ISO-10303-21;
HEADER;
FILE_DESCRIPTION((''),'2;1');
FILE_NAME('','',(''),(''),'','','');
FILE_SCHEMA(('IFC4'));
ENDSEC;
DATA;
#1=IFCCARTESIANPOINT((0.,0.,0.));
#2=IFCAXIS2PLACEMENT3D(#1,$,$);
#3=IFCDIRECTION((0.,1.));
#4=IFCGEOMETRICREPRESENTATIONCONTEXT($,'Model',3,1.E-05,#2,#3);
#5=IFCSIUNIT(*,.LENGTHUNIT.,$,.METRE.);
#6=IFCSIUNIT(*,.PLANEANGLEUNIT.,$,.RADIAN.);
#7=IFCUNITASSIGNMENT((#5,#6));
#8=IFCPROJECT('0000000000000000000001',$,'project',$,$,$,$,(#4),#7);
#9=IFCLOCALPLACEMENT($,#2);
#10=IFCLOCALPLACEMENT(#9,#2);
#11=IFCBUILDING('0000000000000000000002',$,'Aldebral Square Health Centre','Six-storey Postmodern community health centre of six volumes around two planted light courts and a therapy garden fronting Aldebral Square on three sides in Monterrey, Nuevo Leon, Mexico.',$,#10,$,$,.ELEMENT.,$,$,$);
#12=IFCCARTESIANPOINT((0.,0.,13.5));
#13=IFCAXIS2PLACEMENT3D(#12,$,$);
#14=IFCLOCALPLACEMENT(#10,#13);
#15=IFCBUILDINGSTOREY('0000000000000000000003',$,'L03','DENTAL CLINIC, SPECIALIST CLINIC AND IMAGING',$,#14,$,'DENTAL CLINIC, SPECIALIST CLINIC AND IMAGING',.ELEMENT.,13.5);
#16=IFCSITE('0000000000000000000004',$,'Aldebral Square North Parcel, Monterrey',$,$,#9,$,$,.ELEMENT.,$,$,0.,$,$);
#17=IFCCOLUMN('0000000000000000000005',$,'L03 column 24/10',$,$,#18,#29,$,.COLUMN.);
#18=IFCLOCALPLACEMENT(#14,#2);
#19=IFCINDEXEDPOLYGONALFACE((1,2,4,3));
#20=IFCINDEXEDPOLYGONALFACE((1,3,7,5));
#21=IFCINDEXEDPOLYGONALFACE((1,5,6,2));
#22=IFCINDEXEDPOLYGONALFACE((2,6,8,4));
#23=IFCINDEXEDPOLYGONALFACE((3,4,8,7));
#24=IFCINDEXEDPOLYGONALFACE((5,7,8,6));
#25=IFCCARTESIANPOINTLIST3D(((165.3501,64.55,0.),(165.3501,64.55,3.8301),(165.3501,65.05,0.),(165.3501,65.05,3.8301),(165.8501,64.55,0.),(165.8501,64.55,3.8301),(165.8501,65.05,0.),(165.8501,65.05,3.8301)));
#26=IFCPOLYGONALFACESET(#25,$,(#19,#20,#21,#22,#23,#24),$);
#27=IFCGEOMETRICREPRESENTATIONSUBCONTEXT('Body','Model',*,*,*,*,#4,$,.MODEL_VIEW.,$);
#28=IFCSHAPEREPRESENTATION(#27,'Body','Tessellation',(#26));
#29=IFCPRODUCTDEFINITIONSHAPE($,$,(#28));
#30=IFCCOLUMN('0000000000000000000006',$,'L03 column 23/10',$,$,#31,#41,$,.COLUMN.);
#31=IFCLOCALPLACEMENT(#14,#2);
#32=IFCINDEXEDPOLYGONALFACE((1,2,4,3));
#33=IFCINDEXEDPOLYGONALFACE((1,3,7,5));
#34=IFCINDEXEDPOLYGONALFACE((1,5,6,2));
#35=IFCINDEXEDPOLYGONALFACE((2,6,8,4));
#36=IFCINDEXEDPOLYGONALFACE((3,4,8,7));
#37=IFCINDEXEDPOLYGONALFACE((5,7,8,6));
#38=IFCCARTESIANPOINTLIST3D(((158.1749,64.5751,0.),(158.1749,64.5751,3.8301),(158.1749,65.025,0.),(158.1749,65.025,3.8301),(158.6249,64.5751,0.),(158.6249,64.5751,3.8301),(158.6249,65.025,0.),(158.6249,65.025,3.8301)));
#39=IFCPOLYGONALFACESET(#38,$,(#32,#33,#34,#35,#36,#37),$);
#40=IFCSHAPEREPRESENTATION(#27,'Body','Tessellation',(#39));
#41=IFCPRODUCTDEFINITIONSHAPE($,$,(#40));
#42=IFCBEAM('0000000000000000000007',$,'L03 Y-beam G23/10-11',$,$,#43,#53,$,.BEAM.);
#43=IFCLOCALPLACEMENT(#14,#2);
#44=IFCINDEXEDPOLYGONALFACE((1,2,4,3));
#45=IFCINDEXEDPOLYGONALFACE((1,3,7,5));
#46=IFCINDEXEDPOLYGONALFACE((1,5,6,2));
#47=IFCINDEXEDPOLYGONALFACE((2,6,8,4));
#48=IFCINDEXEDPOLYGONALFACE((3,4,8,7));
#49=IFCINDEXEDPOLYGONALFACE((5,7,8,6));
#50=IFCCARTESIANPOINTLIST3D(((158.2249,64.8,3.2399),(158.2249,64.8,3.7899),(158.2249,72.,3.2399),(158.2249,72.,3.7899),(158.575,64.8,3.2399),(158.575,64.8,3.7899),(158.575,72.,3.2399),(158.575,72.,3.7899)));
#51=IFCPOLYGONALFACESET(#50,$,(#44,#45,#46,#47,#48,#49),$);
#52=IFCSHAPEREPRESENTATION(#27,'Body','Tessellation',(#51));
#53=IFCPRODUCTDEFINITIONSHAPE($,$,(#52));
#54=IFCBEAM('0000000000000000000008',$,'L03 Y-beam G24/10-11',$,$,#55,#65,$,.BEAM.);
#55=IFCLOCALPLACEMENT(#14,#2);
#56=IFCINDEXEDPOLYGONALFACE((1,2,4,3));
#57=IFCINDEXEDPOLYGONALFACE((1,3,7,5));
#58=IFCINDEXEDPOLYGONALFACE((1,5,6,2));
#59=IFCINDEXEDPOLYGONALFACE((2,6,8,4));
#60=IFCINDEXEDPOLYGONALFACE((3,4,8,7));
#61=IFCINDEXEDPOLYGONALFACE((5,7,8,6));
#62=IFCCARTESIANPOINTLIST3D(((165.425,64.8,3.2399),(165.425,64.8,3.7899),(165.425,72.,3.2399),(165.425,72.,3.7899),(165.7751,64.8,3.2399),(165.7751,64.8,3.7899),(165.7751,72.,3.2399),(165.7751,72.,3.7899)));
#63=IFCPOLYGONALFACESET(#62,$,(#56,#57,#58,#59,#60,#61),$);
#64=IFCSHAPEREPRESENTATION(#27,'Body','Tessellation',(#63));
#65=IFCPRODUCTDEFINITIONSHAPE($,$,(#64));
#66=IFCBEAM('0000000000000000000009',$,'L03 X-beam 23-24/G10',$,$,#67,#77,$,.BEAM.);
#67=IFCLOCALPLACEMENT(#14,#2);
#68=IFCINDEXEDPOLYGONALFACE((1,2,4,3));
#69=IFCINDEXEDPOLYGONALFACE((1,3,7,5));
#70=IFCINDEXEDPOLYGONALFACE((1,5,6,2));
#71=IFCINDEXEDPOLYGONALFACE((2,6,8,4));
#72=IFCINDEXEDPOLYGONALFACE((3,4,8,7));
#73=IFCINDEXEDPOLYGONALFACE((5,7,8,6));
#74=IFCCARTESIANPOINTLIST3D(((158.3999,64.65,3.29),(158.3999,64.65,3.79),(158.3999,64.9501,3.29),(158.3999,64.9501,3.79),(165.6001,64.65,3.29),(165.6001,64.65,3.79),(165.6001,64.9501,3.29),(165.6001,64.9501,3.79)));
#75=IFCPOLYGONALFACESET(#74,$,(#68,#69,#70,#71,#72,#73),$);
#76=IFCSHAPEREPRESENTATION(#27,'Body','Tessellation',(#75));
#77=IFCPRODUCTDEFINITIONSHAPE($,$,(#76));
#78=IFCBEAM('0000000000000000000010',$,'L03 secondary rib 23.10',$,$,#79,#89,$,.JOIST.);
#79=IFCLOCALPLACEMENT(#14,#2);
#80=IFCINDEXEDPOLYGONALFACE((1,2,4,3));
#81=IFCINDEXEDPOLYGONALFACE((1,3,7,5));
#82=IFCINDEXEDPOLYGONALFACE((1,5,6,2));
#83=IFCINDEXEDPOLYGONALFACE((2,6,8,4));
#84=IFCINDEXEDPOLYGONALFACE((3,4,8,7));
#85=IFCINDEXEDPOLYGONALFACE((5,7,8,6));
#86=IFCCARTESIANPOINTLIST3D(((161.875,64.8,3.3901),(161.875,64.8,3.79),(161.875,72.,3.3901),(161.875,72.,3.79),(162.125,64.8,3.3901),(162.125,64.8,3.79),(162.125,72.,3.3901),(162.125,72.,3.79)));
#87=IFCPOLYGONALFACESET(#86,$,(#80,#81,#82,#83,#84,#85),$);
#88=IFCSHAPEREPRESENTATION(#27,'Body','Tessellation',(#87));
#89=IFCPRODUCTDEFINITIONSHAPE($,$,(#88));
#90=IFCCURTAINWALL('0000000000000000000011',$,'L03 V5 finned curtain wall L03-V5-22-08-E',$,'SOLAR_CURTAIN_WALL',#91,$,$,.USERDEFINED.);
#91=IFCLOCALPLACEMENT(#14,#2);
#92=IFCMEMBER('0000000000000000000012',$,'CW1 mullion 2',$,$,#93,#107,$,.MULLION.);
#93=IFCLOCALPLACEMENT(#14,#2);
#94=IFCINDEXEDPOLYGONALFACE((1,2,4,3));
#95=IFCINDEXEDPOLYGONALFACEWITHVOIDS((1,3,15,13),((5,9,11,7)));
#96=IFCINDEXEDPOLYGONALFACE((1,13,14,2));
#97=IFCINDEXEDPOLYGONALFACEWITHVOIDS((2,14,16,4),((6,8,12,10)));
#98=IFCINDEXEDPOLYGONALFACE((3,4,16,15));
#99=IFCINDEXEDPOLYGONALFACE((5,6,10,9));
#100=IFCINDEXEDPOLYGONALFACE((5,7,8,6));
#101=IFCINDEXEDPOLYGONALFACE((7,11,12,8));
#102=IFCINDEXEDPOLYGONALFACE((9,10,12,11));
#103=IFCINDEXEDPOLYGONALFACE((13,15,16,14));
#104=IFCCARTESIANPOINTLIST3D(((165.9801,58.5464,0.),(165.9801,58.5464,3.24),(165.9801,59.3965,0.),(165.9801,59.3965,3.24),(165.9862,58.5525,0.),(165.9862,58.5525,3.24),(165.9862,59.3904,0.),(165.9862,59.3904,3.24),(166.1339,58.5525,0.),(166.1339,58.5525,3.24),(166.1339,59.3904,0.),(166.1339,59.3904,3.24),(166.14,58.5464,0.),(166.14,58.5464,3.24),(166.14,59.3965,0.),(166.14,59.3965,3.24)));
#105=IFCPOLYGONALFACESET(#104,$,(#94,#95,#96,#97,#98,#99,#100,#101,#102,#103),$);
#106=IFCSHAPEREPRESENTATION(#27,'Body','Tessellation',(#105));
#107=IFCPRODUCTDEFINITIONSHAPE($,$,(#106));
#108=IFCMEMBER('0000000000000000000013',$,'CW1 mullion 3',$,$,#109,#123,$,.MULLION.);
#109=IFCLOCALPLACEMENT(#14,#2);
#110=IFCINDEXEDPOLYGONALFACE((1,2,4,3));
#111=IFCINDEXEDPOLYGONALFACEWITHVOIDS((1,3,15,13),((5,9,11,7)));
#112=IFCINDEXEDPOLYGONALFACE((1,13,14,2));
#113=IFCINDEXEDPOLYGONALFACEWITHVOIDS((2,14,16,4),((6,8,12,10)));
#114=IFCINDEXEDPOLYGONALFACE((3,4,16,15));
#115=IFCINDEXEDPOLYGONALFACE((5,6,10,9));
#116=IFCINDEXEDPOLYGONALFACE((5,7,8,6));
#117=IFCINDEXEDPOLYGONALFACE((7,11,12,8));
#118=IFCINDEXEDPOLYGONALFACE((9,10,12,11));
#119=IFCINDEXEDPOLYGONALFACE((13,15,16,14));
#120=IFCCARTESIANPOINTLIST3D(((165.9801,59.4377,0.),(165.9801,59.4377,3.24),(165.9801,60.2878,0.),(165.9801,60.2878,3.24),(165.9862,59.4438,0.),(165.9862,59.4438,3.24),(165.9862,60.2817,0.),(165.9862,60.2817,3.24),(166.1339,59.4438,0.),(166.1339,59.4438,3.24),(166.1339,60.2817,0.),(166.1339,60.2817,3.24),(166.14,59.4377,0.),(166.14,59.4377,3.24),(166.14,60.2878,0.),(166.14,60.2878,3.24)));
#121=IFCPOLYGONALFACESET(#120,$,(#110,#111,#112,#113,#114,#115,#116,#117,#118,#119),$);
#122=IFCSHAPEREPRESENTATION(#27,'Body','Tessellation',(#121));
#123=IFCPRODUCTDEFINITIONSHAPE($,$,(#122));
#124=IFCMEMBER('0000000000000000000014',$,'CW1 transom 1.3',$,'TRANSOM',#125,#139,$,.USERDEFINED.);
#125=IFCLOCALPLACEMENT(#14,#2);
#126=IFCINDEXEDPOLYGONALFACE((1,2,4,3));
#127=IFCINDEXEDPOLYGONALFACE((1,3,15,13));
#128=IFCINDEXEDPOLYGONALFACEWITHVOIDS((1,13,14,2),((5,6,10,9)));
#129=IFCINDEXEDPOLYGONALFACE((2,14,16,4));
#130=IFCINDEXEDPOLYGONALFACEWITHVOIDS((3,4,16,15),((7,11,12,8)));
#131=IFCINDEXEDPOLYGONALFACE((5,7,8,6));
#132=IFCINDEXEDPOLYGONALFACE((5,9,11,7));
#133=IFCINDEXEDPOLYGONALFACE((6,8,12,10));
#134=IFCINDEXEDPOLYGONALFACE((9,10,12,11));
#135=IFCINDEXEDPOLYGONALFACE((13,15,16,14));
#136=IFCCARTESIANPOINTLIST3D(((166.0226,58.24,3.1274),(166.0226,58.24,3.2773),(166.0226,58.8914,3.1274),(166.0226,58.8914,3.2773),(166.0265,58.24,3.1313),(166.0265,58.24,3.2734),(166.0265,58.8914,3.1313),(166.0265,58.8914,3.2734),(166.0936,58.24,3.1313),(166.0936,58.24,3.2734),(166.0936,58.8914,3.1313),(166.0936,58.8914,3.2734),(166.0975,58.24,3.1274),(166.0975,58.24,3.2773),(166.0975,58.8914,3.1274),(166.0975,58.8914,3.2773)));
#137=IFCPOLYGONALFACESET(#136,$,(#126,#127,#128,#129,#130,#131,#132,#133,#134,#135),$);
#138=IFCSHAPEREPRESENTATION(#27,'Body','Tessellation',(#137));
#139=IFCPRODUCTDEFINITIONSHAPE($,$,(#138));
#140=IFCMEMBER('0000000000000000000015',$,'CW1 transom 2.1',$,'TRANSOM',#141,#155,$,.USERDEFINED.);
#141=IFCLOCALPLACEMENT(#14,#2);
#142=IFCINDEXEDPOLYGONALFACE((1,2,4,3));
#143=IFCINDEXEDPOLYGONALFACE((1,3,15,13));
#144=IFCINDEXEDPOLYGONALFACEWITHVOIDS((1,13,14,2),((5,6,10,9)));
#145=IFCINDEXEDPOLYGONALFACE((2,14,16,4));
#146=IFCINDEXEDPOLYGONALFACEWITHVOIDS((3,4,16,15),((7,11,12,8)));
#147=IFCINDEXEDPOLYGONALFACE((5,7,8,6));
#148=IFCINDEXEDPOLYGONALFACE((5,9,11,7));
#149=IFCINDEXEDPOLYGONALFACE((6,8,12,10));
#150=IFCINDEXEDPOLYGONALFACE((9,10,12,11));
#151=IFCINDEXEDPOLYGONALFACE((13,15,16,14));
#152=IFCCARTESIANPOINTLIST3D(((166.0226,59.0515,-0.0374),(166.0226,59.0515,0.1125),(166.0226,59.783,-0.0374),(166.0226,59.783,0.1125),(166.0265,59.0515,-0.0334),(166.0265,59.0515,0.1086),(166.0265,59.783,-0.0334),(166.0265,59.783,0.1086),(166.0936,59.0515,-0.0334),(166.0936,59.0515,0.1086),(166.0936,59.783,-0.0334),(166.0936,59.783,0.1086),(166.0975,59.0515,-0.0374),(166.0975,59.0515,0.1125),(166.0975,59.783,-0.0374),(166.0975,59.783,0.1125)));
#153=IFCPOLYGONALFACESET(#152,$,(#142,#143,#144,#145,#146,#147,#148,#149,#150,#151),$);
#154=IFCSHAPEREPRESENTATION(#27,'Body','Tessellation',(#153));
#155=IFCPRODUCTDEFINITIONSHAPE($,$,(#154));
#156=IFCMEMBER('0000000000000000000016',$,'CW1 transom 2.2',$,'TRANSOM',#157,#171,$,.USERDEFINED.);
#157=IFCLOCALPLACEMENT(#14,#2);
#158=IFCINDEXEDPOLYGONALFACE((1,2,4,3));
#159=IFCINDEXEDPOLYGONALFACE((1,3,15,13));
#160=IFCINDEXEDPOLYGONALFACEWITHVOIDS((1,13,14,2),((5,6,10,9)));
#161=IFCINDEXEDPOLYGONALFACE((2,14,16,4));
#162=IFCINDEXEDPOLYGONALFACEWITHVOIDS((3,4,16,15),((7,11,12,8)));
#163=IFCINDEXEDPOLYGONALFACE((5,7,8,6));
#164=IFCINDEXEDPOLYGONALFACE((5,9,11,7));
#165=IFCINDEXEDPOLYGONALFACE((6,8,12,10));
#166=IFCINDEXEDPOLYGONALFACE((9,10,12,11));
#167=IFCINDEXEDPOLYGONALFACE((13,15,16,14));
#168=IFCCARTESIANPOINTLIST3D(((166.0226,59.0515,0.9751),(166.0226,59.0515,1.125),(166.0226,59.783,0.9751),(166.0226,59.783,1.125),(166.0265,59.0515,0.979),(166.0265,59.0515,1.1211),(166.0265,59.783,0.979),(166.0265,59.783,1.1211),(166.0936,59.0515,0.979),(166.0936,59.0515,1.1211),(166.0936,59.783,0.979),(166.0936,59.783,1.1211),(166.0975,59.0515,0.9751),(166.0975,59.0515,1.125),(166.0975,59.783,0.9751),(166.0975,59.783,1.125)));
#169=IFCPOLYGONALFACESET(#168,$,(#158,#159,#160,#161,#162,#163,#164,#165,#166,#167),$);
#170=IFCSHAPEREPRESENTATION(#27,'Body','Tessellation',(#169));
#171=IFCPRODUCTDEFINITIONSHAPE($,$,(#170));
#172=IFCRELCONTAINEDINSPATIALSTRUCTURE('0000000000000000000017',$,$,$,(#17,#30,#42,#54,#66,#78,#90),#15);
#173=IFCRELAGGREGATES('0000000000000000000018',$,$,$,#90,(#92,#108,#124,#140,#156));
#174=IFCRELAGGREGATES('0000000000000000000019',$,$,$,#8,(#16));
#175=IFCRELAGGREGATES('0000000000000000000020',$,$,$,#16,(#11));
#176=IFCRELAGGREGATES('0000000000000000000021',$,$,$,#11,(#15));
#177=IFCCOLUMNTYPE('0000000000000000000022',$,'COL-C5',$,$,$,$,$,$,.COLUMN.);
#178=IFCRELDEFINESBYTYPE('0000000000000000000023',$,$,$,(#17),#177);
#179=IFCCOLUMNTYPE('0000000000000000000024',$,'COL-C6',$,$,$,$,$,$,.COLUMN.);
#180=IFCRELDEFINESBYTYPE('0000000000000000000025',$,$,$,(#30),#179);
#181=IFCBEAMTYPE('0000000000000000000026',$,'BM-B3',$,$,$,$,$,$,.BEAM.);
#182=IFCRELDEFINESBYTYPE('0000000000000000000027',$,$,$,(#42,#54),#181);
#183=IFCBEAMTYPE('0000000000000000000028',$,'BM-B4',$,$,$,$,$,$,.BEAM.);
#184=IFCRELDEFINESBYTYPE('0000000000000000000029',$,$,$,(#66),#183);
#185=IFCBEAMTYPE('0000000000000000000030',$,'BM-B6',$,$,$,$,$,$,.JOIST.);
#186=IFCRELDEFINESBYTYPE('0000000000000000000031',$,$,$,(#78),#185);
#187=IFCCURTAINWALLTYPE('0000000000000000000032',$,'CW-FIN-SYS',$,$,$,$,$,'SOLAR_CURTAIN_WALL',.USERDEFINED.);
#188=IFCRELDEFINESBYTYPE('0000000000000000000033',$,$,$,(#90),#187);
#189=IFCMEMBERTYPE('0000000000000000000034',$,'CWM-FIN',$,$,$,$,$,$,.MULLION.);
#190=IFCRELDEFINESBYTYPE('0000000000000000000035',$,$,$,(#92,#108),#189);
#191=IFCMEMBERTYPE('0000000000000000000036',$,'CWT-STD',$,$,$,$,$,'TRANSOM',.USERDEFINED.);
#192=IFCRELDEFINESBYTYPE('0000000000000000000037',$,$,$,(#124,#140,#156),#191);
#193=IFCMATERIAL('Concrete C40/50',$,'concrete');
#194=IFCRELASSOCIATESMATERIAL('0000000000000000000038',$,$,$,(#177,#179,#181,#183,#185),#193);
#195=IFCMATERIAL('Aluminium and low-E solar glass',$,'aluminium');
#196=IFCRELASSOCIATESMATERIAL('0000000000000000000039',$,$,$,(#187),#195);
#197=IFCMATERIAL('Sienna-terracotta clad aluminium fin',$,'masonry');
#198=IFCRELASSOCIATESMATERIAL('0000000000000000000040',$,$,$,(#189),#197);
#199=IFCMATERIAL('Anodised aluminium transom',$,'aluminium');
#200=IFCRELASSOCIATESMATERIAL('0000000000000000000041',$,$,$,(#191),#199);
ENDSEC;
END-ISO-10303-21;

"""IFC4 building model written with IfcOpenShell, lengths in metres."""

from ifc_helpers import new_model, si_unit, direction, frame, origin, origin_2d, place, context, subcontext, project, spatial, rectangle, hollow_rectangle, extrude, material, material_profile, profile_set, type_object, element, aggregate, save


model = new_model("IFC4")

# Units and contexts
model_context = context("Model", 3, precision=1e-05, world=origin(), true_north=direction((0.0, 1.0)))
body_context = subcontext(model_context, "Body", "Model", "MODEL_VIEW")
ifc_project = project(units=[si_unit("LENGTHUNIT", "METRE"), si_unit("PLANEANGLEUNIT", "RADIAN")], contexts=[model_context])

# Site, building, storey
site_placement = place(None, origin())
site = spatial("IfcSite", under=ifc_project, at=site_placement, Name="Aldebral Square North Parcel, Monterrey", CompositionType="ELEMENT", RefElevation=0.0)
building_placement = place(site_placement, origin())
building = spatial("IfcBuilding", under=site, at=building_placement, Name="Aldebral Square Health Centre", Description="Six-storey Postmodern community health centre of six volumes around two planted light courts and a therapy garden fronting Aldebral Square on three sides in Monterrey, Nuevo Leon, Mexico.", CompositionType="ELEMENT")
storey_placement = place(building_placement, frame((0.0, 0.0, 13.5)))
storey = spatial("IfcBuildingStorey", under=building, at=storey_placement, Name="L03", Description="DENTAL CLINIC, SPECIALIST CLINIC AND IMAGING", LongName="DENTAL CLINIC, SPECIALIST CLINIC AND IMAGING", CompositionType="ELEMENT", Elevation=13.5)

# Columns
ifc_material_1 = material(Name="Concrete C40/50", Category="concrete")
ifc_material_profile_1 = material_profile(ifc_material_1, rectangle(XDim=0.5, YDim=0.5, at=origin_2d()), Name="RC 500x500")
ifc_profile_set_1 = profile_set([ifc_material_profile_1], Name="Concrete C40/50")
column_type_1 = type_object("IfcColumnType", Name="COL-C5", PredefinedType="COLUMN", material=ifc_profile_set_1)
column_1_placement = place(storey_placement, frame((165.6001, 64.8, 0.0), z_axis=(0.0, 0.0, 1.0), x_axis=(1.0, 0.0, 0.0)))
element("IfcColumn", 1, at=column_1_placement, inside=storey, type_object=column_type_1, Name="L03 column 24/10", PredefinedType="COLUMN", context=body_context, shape_type="SweptSolid", body=[
    extrude(rectangle(XDim=0.5, YDim=0.5, at=origin_2d()), origin(), (0.0, 0.0, 1.0), 3.8301),
])
ifc_material_profile_2 = material_profile(ifc_material_1, rectangle(XDim=0.45, YDim=0.45, at=origin_2d()), Name="RC 450x450")
ifc_profile_set_2 = profile_set([ifc_material_profile_2], Name="Concrete C40/50")
column_type_2 = type_object("IfcColumnType", Name="COL-C6", PredefinedType="COLUMN", material=ifc_profile_set_2)
column_2_placement = place(storey_placement, frame((158.3999, 64.8, 0.0), z_axis=(0.0, 0.0, 1.0), x_axis=(1.0, 0.0, 0.0)))
element("IfcColumn", 2, at=column_2_placement, inside=storey, type_object=column_type_2, Name="L03 column 23/10", PredefinedType="COLUMN", context=body_context, shape_type="SweptSolid", body=[
    extrude(rectangle(XDim=0.45, YDim=0.45, at=origin_2d()), origin(), (0.0, 0.0, 1.0), 3.8301),
])

# Beams
ifc_material_profile_3 = material_profile(ifc_material_1, rectangle(XDim=0.3501, YDim=0.55, at=origin_2d()), Name="RC 350x550")
ifc_profile_set_3 = profile_set([ifc_material_profile_3], Name="Concrete C40/50")
beam_type_1 = type_object("IfcBeamType", Name="BM-B3", PredefinedType="BEAM", material=ifc_profile_set_3)
for number, where, z_axis, x_axis, name in (
    (3, (158.3999, 64.8, 3.5149), (0.0, 1.0, 0.0), (-1.0, 0.0, 0.0), "L03 Y-beam G23/10-11"),
    (4, (165.6001, 64.8, 3.5149), (0.0, 1.0, 0.0), (-1.0, 0.0, 0.0), "L03 Y-beam G24/10-11"),
):
    element("IfcBeam", number, at=place(storey_placement, frame(where, z_axis=z_axis, x_axis=x_axis)), inside=storey, type_object=beam_type_1, Name=name, PredefinedType="BEAM", context=body_context, shape_type="SweptSolid", body=[
        extrude(rectangle(XDim=0.3501, YDim=0.55, at=origin_2d()), origin(), (0.0, 0.0, 1.0), 7.2),
    ])
ifc_material_profile_4 = material_profile(ifc_material_1, rectangle(XDim=0.3, YDim=0.5, at=origin_2d()), Name="RC 300x500")
ifc_profile_set_4 = profile_set([ifc_material_profile_4], Name="Concrete C40/50")
beam_type_2 = type_object("IfcBeamType", Name="BM-B4", PredefinedType="BEAM", material=ifc_profile_set_4)
beam_1_placement = place(storey_placement, frame((158.3999, 64.8, 3.54), z_axis=(1.0, 0.0, 0.0), x_axis=(0.0, 1.0, 0.0)))
element("IfcBeam", 5, at=beam_1_placement, inside=storey, type_object=beam_type_2, Name="L03 X-beam 23-24/G10", PredefinedType="BEAM", context=body_context, shape_type="SweptSolid", body=[
    extrude(rectangle(XDim=0.3, YDim=0.5, at=origin_2d()), origin(), (0.0, 0.0, 1.0), 7.2002),
])
ifc_material_profile_5 = material_profile(ifc_material_1, rectangle(XDim=0.25, YDim=0.3999, at=origin_2d()), Name="RC 250x400")
ifc_profile_set_5 = profile_set([ifc_material_profile_5], Name="Concrete C40/50")
beam_type_3 = type_object("IfcBeamType", Name="BM-B6", PredefinedType="JOIST", material=ifc_profile_set_5)
beam_2_placement = place(storey_placement, frame((162.0, 64.8, 3.5901), z_axis=(0.0, 1.0, 0.0), x_axis=(-1.0, 0.0, 0.0)))
element("IfcBeam", 6, at=beam_2_placement, inside=storey, type_object=beam_type_3, Name="L03 secondary rib 23.10", PredefinedType="JOIST", context=body_context, shape_type="SweptSolid", body=[
    extrude(rectangle(XDim=0.25, YDim=0.3999, at=origin_2d()), origin(), (0.0, 0.0, 1.0), 7.2),
])

# Curtain wall, members
ifc_material_2 = material(Name="Aluminium and low-E solar glass", Category="aluminium")
curtain_wall_type = type_object("IfcCurtainWallType", Name="CW-FIN-SYS", ElementType="SOLAR_CURTAIN_WALL", PredefinedType="USERDEFINED", material=ifc_material_2)
curtain_wall_placement = place(storey_placement, origin())
curtain_wall = element("IfcCurtainWall", 7, at=curtain_wall_placement, inside=storey, type_object=curtain_wall_type, Name="L03 V5 finned curtain wall L03-V5-22-08-E", ObjectType="SOLAR_CURTAIN_WALL", PredefinedType="USERDEFINED")
ifc_material_3 = material(Name="Sienna-terracotta clad aluminium fin", Category="masonry")
ifc_material_profile_6 = material_profile(ifc_material_3, hollow_rectangle(XDim=0.1599, YDim=0.8501, WallThickness=0.0061, at=origin_2d()), Name="FIN 160x850x6")
ifc_profile_set_6 = profile_set([ifc_material_profile_6], Name="Sienna-terracotta clad aluminium fin")
member_type_1 = type_object("IfcMemberType", Name="CWM-FIN", PredefinedType="MULLION", material=ifc_profile_set_6)
member_1_placement = place(storey_placement, frame((166.0601, 58.9714, 0.0), z_axis=(0.0, 0.0, 1.0), x_axis=(-1.0, 0.0, 0.0)))
member_1 = element("IfcMember", 8, at=member_1_placement, type_object=member_type_1, Name="CW1 mullion 2", PredefinedType="MULLION", context=body_context, shape_type="SweptSolid", body=[
    extrude(hollow_rectangle(XDim=0.1599, YDim=0.8501, WallThickness=0.0061, at=origin_2d()), origin(), (0.0, 0.0, 1.0), 3.24),
])
member_2_placement = place(storey_placement, frame((166.0601, 59.8628, 0.0), z_axis=(0.0, 0.0, 1.0), x_axis=(-1.0, 0.0, 0.0)))
member_2 = element("IfcMember", 9, at=member_2_placement, type_object=member_type_1, Name="CW1 mullion 3", PredefinedType="MULLION", context=body_context, shape_type="SweptSolid", body=[
    extrude(hollow_rectangle(XDim=0.1599, YDim=0.8501, WallThickness=0.0061, at=origin_2d()), origin(), (0.0, 0.0, 1.0), 3.24),
])
ifc_material_4 = material(Name="Anodised aluminium transom", Category="aluminium")
ifc_material_profile_7 = material_profile(ifc_material_4, hollow_rectangle(XDim=0.075, YDim=0.1499, WallThickness=0.0039, at=origin_2d()), Name="CWT 75x150x4")
ifc_profile_set_7 = profile_set([ifc_material_profile_7], Name="Anodised aluminium transom")
member_type_2 = type_object("IfcMemberType", Name="CWT-STD", ElementType="TRANSOM", PredefinedType="USERDEFINED", material=ifc_profile_set_7)
member_3_placement = place(storey_placement, frame((166.0601, 58.24, 3.2024), z_axis=(0.0, 1.0, 0.0), x_axis=(-1.0, 0.0, 0.0)))
member_3 = element("IfcMember", 10, at=member_3_placement, type_object=member_type_2, Name="CW1 transom 1.3", ObjectType="TRANSOM", PredefinedType="USERDEFINED", context=body_context, shape_type="SweptSolid", body=[
    extrude(hollow_rectangle(XDim=0.075, YDim=0.1499, WallThickness=0.0039, at=origin_2d()), origin(), (0.0, 0.0, 1.0), 0.6514),
])
member_4_placement = place(storey_placement, frame((166.0601, 59.0515, 0.0376), z_axis=(0.0, 1.0, 0.0), x_axis=(-1.0, 0.0, 0.0)))
member_4 = element("IfcMember", 11, at=member_4_placement, type_object=member_type_2, Name="CW1 transom 2.1", ObjectType="TRANSOM", PredefinedType="USERDEFINED", context=body_context, shape_type="SweptSolid", body=[
    extrude(hollow_rectangle(XDim=0.075, YDim=0.1499, WallThickness=0.0039, at=origin_2d()), origin(), (0.0, 0.0, 1.0), 0.7314),
])
member_5_placement = place(storey_placement, frame((166.0601, 59.0515, 1.05), z_axis=(0.0, 1.0, 0.0), x_axis=(-1.0, 0.0, 0.0)))
member_5 = element("IfcMember", 12, at=member_5_placement, type_object=member_type_2, Name="CW1 transom 2.2", ObjectType="TRANSOM", PredefinedType="USERDEFINED", context=body_context, shape_type="SweptSolid", body=[
    extrude(hollow_rectangle(XDim=0.075, YDim=0.1499, WallThickness=0.0039, at=origin_2d()), origin(), (0.0, 0.0, 1.0), 0.7314),
])
aggregate(curtain_wall, [member_1, member_2, member_3, member_4, member_5])

save(model, "model.ifc")
